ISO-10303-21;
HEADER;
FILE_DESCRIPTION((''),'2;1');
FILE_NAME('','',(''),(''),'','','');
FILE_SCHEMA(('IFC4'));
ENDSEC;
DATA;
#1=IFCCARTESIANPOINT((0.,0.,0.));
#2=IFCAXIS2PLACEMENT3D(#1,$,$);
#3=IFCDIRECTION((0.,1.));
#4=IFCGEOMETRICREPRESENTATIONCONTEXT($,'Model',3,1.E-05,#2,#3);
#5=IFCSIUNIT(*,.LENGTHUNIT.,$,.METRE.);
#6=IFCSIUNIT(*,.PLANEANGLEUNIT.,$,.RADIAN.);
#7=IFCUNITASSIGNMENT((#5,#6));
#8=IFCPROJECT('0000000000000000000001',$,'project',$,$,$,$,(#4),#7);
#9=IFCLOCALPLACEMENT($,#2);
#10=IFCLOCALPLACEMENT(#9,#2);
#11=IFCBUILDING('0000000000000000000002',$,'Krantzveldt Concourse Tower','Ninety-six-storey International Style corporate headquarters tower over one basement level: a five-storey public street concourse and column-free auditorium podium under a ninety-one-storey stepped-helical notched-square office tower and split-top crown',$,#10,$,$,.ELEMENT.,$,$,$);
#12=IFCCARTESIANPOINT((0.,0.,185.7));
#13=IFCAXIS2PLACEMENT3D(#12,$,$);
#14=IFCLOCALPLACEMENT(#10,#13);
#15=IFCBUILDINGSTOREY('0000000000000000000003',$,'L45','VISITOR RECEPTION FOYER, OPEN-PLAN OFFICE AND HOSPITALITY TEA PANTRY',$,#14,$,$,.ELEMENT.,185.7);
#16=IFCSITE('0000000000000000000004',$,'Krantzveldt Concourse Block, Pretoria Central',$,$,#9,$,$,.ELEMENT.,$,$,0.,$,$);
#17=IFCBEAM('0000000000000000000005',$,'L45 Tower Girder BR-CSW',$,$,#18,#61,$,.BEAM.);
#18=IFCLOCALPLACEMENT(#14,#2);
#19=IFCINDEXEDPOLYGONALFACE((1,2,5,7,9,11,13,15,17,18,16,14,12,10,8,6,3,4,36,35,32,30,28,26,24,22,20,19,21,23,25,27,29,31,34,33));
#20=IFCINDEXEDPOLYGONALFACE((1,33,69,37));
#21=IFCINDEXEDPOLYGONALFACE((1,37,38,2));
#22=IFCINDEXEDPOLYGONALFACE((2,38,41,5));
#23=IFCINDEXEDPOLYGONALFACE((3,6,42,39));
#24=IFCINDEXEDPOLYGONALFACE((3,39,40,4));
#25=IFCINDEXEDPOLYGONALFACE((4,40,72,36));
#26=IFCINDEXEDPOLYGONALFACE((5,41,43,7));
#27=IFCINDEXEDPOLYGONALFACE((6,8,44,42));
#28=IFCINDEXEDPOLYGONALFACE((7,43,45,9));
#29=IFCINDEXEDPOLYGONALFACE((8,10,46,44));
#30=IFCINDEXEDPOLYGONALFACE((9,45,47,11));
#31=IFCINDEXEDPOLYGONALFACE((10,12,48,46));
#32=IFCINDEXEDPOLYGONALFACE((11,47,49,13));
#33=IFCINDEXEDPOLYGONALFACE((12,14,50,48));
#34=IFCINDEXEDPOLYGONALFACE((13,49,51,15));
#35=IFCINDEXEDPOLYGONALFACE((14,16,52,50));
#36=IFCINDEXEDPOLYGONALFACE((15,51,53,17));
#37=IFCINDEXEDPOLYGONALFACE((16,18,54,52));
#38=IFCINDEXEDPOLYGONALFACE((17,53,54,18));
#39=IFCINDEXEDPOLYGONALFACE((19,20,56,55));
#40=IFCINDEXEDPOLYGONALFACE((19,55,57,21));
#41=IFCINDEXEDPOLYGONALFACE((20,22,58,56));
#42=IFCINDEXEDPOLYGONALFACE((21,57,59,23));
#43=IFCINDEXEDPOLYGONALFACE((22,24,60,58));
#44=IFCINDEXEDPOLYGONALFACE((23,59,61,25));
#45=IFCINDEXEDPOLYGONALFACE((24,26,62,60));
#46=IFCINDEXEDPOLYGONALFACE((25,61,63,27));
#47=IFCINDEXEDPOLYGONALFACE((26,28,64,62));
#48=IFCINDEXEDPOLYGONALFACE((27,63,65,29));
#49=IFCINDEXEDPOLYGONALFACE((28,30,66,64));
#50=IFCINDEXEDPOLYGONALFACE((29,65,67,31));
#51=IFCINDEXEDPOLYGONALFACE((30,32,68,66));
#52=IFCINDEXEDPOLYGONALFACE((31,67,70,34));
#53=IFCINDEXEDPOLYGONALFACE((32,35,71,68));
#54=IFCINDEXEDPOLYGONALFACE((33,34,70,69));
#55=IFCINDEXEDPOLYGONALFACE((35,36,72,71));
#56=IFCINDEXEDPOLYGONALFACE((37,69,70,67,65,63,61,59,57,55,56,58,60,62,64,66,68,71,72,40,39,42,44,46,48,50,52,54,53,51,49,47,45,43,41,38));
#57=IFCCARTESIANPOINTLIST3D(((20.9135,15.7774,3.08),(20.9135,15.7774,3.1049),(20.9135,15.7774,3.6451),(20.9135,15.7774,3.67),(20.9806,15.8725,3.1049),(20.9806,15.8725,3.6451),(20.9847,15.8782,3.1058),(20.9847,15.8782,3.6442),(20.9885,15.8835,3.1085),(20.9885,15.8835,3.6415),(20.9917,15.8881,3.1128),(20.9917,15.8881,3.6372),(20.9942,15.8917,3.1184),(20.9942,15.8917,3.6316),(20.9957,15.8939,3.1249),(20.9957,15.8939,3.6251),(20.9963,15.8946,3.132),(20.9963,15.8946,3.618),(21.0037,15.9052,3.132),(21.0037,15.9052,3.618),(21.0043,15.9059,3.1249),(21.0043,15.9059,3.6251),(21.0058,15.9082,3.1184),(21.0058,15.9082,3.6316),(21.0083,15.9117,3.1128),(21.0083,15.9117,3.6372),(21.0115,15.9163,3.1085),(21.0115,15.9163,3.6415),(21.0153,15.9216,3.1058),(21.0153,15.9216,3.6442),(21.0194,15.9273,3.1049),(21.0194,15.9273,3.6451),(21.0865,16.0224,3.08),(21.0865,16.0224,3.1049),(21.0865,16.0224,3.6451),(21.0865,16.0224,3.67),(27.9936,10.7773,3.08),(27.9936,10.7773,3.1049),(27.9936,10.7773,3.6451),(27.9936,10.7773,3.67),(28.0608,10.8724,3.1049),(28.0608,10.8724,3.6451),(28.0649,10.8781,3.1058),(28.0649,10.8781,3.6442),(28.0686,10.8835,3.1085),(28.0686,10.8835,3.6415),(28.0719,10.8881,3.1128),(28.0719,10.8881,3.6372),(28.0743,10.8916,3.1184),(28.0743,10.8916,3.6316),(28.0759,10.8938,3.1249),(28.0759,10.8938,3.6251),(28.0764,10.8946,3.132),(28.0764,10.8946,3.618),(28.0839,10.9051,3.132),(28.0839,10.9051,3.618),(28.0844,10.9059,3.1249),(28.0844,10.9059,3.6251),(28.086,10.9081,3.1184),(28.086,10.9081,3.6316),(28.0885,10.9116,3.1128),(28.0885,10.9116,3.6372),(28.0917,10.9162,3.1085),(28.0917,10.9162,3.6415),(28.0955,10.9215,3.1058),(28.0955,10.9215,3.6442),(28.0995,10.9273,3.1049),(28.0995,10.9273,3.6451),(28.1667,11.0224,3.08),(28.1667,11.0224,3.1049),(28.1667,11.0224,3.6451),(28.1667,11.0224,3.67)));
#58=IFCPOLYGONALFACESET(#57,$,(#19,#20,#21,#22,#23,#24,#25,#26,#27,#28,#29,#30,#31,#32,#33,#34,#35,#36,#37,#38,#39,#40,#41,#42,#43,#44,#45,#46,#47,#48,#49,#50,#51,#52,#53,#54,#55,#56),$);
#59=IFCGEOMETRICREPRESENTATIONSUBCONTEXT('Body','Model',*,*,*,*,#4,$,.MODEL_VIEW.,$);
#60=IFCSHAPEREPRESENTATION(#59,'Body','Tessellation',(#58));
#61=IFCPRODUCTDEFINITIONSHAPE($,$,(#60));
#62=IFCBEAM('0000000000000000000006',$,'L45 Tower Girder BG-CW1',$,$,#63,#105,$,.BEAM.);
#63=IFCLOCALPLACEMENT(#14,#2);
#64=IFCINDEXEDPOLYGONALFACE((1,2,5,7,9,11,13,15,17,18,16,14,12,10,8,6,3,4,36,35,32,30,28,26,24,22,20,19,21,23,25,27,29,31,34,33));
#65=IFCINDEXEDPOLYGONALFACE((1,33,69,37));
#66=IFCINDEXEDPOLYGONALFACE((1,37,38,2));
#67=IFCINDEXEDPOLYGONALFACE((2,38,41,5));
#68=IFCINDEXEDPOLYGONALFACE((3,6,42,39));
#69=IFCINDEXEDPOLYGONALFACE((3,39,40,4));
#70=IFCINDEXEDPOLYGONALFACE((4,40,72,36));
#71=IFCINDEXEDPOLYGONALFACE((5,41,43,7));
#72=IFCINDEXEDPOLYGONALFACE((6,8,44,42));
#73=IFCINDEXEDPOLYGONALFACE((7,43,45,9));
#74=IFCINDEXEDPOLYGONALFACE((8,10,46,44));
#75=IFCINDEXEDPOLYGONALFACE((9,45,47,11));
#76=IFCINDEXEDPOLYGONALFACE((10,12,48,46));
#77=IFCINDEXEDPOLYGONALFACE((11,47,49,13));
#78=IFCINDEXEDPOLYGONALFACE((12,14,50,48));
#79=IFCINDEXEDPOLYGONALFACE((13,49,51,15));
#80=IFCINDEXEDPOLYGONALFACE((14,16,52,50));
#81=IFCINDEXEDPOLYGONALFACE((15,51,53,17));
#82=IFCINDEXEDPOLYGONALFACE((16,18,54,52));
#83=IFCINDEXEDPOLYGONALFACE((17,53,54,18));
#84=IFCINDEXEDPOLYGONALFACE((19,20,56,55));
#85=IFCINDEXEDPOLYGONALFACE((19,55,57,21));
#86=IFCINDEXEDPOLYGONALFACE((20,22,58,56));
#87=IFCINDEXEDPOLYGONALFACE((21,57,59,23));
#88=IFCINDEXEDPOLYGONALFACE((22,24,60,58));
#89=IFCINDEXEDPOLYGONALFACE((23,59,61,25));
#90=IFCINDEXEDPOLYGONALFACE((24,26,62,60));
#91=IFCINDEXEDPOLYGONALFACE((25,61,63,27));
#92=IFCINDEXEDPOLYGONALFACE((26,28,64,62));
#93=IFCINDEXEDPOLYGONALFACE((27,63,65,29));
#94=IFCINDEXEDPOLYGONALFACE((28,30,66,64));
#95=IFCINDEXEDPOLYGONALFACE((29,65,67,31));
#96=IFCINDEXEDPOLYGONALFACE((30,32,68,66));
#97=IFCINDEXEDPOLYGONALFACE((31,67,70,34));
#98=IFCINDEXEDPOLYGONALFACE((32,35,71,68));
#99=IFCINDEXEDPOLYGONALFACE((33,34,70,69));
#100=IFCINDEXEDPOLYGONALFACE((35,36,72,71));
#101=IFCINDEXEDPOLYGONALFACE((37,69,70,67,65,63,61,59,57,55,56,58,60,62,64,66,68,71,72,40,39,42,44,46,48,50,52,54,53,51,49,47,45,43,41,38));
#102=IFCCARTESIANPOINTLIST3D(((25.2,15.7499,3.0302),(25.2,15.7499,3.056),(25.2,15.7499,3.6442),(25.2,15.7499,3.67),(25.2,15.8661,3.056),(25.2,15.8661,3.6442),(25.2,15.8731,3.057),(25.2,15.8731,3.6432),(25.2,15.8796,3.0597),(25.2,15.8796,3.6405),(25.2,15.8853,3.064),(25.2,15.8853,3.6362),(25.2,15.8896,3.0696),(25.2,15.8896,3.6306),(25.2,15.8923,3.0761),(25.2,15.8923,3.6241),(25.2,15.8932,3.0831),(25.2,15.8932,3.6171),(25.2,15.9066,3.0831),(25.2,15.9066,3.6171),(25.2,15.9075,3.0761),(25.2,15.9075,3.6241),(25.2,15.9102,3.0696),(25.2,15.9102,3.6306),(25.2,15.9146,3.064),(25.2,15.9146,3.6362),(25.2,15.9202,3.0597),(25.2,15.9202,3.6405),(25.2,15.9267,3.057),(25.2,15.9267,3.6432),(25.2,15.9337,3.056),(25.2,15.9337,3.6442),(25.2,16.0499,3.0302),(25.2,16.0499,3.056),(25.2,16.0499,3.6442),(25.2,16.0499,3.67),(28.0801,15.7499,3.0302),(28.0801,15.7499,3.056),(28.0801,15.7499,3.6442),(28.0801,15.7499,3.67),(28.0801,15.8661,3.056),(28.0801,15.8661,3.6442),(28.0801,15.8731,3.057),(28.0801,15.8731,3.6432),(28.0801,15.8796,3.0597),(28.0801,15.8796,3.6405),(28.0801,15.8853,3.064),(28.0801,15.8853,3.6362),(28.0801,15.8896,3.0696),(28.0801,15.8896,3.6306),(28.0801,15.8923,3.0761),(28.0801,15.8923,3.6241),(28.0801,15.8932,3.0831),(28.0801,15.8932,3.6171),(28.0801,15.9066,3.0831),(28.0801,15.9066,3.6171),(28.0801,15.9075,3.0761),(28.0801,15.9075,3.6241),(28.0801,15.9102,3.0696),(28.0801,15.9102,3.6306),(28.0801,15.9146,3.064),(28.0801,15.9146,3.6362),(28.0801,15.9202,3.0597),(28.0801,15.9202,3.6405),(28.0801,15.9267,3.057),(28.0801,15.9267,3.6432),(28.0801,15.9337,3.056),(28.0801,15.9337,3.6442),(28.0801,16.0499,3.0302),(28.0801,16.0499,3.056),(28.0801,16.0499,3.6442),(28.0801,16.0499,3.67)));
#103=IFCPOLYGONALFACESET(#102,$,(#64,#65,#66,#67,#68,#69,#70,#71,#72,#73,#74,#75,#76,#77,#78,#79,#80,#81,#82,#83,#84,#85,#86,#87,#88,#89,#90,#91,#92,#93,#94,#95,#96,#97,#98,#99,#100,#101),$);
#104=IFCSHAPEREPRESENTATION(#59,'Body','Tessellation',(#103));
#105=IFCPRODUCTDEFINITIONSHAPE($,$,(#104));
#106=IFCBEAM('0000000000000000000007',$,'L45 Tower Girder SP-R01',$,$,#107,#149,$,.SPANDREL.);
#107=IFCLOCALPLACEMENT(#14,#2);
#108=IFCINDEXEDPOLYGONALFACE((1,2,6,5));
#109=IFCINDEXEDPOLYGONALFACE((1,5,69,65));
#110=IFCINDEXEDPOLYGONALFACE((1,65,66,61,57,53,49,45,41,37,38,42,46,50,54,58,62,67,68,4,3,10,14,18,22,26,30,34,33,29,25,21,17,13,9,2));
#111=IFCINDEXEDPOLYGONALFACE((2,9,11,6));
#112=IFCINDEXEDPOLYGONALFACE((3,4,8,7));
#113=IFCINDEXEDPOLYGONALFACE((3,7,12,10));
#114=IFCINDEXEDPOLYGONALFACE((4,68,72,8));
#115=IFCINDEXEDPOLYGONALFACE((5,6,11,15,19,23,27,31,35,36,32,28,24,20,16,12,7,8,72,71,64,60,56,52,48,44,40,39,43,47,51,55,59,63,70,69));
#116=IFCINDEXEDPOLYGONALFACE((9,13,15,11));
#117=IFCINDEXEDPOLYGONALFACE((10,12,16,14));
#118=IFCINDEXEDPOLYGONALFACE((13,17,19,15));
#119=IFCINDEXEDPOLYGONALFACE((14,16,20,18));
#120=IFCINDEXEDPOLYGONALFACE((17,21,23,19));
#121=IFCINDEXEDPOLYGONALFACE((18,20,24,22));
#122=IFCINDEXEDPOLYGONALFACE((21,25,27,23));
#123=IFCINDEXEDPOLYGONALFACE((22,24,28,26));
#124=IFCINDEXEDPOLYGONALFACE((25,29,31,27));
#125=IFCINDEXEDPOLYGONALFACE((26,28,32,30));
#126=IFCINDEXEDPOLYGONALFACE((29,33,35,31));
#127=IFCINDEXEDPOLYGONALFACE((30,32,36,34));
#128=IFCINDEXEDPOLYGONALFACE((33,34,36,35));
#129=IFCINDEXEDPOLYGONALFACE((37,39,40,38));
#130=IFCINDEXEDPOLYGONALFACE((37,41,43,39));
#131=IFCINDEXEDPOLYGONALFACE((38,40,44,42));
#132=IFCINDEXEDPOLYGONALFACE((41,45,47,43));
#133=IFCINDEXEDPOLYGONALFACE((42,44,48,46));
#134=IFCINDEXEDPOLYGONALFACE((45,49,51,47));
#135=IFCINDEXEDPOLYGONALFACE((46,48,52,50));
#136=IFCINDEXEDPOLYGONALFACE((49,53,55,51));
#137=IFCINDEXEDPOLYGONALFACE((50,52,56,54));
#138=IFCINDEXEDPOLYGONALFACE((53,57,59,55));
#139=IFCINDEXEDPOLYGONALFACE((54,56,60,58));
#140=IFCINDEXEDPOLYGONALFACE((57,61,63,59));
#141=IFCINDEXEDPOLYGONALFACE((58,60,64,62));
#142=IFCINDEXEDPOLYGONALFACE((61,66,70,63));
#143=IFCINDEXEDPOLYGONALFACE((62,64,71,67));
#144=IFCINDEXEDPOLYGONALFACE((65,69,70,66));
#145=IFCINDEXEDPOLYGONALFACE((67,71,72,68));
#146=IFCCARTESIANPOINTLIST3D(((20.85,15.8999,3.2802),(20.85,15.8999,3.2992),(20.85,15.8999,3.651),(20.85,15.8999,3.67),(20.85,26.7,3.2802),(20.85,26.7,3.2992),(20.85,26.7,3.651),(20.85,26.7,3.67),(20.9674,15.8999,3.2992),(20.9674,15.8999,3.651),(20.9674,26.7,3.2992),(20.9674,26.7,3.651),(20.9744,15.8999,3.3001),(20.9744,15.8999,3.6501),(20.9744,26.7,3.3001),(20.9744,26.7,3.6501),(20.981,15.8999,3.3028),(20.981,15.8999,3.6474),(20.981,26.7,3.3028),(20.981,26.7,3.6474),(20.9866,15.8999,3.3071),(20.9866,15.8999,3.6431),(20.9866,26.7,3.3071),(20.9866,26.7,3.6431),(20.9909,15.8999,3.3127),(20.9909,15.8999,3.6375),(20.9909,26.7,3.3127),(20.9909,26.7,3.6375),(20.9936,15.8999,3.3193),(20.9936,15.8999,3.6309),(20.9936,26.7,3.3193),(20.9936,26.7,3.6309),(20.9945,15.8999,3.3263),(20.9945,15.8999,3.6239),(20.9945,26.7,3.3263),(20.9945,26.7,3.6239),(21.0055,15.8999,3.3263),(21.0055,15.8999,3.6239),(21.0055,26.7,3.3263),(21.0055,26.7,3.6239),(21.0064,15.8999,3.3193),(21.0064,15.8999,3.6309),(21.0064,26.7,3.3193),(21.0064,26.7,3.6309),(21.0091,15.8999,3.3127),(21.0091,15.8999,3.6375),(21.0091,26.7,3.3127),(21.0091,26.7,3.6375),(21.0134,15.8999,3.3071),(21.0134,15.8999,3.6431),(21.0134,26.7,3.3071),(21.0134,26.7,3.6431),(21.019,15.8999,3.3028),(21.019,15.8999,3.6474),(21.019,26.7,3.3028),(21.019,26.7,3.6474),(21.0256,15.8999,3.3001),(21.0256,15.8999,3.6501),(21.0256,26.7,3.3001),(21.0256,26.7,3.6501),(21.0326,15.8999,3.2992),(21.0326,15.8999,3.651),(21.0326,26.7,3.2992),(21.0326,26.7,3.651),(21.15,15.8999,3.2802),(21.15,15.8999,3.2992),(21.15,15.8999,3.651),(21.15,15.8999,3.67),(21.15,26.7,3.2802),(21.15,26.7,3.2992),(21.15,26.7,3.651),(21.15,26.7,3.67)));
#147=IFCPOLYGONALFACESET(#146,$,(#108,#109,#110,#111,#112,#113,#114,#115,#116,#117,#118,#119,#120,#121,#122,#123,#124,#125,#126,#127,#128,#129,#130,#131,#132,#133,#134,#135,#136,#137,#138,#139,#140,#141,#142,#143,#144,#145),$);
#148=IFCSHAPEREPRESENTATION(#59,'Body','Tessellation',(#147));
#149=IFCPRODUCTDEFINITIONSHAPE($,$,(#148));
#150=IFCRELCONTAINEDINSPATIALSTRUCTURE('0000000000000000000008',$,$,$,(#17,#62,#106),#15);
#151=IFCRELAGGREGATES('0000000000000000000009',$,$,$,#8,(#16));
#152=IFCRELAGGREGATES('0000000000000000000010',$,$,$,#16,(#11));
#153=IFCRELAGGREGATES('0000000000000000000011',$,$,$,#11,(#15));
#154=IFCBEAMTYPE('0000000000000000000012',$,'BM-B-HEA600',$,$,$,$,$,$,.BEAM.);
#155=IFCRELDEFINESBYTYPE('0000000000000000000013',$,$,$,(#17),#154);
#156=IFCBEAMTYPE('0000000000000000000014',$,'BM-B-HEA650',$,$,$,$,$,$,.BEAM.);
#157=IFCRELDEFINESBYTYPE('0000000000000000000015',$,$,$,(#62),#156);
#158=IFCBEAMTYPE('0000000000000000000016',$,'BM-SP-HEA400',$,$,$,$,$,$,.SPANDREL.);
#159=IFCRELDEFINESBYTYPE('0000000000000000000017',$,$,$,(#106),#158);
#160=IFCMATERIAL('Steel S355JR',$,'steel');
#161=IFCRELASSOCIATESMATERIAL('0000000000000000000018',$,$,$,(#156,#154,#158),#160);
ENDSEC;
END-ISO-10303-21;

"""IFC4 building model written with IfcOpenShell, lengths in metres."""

from ifc_helpers import new_model, si_unit, direction, frame, origin, origin_2d, place, context, subcontext, project, spatial, i_section, extrude, source, transform, mapped, material, material_profile, profile_set, type_object, type_shapes, element, save


model = new_model("IFC4")

# Units and contexts
model_context = context("Model", 3, precision=1e-05, world=origin(), true_north=direction((0.0, 1.0)))
body_context = subcontext(model_context, "Body", "Model", "MODEL_VIEW")
ifc_project = project(units=[si_unit("LENGTHUNIT", "METRE"), si_unit("PLANEANGLEUNIT", "RADIAN")], contexts=[model_context])

# Site, building, storey
site_placement = place(None, origin())
site = spatial("IfcSite", under=ifc_project, at=site_placement, Name="Krantzveldt Concourse Block, Pretoria Central", CompositionType="ELEMENT", RefElevation=0.0)
building_placement = place(site_placement, origin())
building = spatial("IfcBuilding", under=site, at=building_placement, Name="Krantzveldt Concourse Tower", Description="Ninety-six-storey International Style corporate headquarters tower over one basement level: a five-storey public street concourse and column-free auditorium podium under a ninety-one-storey stepped-helical notched-square office tower and split-top crown", CompositionType="ELEMENT")
storey_placement = place(building_placement, frame((0.0, 0.0, 185.7)))
storey = spatial("IfcBuildingStorey", under=building, at=storey_placement, Name="L45", Description="VISITOR RECEPTION FOYER, OPEN-PLAN OFFICE AND HOSPITALITY TEA PANTRY", CompositionType="ELEMENT", Elevation=185.7)

# Beams
ifc_material_1 = material(Name="Steel S355JR", Category="steel")
ifc_material_profile_1 = material_profile(ifc_material_1, i_section(OverallWidth=0.3, OverallDepth=0.6399, WebThickness=0.0134, FlangeThickness=0.0259, FilletRadius=0.0271, at=origin_2d()), Name="Steel S355JR", Category="steel")
ifc_profile_set_1 = profile_set([ifc_material_profile_1], Name="Steel S355JR - HEA 650")
beam_type_1 = type_object("IfcBeamType", Name="BM-B-HEA650", PredefinedType="BEAM", material=ifc_profile_set_1)
ifc_material_profile_2 = material_profile(ifc_material_1, i_section(OverallWidth=0.3, OverallDepth=0.5901, WebThickness=0.0129, FlangeThickness=0.0249, FilletRadius=0.0271, at=origin_2d()), Name="Steel S355JR", Category="steel")
ifc_profile_set_2 = profile_set([ifc_material_profile_2], Name="Steel S355JR - HEA 600")
beam_type_2 = type_object("IfcBeamType", Name="BM-B-HEA600", PredefinedType="BEAM", material=ifc_profile_set_2)
shared_shape_1 = source(origin(), body_context, "Body", "SweptSolid", [
    extrude(i_section(OverallWidth=0.3, OverallDepth=0.5901, WebThickness=0.0129, FlangeThickness=0.0249, FilletRadius=0.0271, at=origin_2d()), origin(), (0.0, 0.0, 1.0), 8.6677),
])
beam_1_placement = place(storey_placement, frame((21.0, 15.8999, 3.375), z_axis=(0.816843, -0.57686, 0.0), x_axis=(0.57686, 0.816843, 0.0)))
element("IfcBeam", 1, at=beam_1_placement, inside=storey, type_object=beam_type_2, Name="L45 Tower Girder BR-CSW", PredefinedType="BEAM", context=body_context, shape_type="MappedRepresentation", body=[
    mapped(shared_shape_1, transform((0.0, 0.0, 0.0), x_axis=(1.0, 0.0, 0.0), y_axis=(0.0, 1.0, 0.0), z_axis=(0.0, 0.0, 1.0), scale=1.0)),
])
shared_shape_2 = source(origin(), body_context, "Body", "SweptSolid", [
    extrude(i_section(OverallWidth=0.3, OverallDepth=0.6399, WebThickness=0.0134, FlangeThickness=0.0259, FilletRadius=0.0271, at=origin_2d()), origin(), (0.0, 0.0, 1.0), 2.8801),
])
beam_2_placement = place(storey_placement, frame((25.2, 15.8999, 3.3501), z_axis=(1.0, 0.0, 0.0), x_axis=(0.0, 1.0, 0.0)))
element("IfcBeam", 2, at=beam_2_placement, inside=storey, type_object=beam_type_1, Name="L45 Tower Girder BG-CW1", PredefinedType="BEAM", context=body_context, shape_type="MappedRepresentation", body=[
    mapped(shared_shape_2, transform((0.0, 0.0, 0.0), x_axis=(1.0, 0.0, 0.0), y_axis=(0.0, 1.0, 0.0), z_axis=(0.0, 0.0, 1.0), scale=1.0)),
])
ifc_material_profile_3 = material_profile(ifc_material_1, i_section(OverallWidth=0.3, OverallDepth=0.3899, WebThickness=0.011, FlangeThickness=0.019, FilletRadius=0.0271, at=origin_2d()), Name="Steel S355JR", Category="steel")
ifc_profile_set_3 = profile_set([ifc_material_profile_3], Name="Steel S355JR - HEA 400")
beam_type_3 = type_object("IfcBeamType", Name="BM-SP-HEA400", PredefinedType="SPANDREL", material=ifc_profile_set_3)
shared_shape_3 = source(origin(), body_context, "Body", "SweptSolid", [
    extrude(i_section(OverallWidth=0.3, OverallDepth=0.3899, WebThickness=0.011, FlangeThickness=0.019, FilletRadius=0.0271, at=origin_2d()), origin(), (0.0, 0.0, 1.0), 10.8),
])
type_shapes(beam_type_3, [shared_shape_3])
beam_3_placement = place(storey_placement, frame((21.0, 15.8999, 3.4751), z_axis=(0.0, 1.0, 0.0), x_axis=(-1.0, 0.0, 0.0)))
element("IfcBeam", 3, at=beam_3_placement, inside=storey, type_object=beam_type_3, Name="L45 Tower Girder SP-R01", PredefinedType="SPANDREL", context=body_context, shape_type="MappedRepresentation", body=[
    mapped(shared_shape_3, transform((0.0, 0.0, 0.0), x_axis=(1.0, 0.0, 0.0), y_axis=(0.0, 1.0, 0.0), z_axis=(0.0, 0.0, 1.0), scale=1.0)),
])

save(model, "model.ifc")
